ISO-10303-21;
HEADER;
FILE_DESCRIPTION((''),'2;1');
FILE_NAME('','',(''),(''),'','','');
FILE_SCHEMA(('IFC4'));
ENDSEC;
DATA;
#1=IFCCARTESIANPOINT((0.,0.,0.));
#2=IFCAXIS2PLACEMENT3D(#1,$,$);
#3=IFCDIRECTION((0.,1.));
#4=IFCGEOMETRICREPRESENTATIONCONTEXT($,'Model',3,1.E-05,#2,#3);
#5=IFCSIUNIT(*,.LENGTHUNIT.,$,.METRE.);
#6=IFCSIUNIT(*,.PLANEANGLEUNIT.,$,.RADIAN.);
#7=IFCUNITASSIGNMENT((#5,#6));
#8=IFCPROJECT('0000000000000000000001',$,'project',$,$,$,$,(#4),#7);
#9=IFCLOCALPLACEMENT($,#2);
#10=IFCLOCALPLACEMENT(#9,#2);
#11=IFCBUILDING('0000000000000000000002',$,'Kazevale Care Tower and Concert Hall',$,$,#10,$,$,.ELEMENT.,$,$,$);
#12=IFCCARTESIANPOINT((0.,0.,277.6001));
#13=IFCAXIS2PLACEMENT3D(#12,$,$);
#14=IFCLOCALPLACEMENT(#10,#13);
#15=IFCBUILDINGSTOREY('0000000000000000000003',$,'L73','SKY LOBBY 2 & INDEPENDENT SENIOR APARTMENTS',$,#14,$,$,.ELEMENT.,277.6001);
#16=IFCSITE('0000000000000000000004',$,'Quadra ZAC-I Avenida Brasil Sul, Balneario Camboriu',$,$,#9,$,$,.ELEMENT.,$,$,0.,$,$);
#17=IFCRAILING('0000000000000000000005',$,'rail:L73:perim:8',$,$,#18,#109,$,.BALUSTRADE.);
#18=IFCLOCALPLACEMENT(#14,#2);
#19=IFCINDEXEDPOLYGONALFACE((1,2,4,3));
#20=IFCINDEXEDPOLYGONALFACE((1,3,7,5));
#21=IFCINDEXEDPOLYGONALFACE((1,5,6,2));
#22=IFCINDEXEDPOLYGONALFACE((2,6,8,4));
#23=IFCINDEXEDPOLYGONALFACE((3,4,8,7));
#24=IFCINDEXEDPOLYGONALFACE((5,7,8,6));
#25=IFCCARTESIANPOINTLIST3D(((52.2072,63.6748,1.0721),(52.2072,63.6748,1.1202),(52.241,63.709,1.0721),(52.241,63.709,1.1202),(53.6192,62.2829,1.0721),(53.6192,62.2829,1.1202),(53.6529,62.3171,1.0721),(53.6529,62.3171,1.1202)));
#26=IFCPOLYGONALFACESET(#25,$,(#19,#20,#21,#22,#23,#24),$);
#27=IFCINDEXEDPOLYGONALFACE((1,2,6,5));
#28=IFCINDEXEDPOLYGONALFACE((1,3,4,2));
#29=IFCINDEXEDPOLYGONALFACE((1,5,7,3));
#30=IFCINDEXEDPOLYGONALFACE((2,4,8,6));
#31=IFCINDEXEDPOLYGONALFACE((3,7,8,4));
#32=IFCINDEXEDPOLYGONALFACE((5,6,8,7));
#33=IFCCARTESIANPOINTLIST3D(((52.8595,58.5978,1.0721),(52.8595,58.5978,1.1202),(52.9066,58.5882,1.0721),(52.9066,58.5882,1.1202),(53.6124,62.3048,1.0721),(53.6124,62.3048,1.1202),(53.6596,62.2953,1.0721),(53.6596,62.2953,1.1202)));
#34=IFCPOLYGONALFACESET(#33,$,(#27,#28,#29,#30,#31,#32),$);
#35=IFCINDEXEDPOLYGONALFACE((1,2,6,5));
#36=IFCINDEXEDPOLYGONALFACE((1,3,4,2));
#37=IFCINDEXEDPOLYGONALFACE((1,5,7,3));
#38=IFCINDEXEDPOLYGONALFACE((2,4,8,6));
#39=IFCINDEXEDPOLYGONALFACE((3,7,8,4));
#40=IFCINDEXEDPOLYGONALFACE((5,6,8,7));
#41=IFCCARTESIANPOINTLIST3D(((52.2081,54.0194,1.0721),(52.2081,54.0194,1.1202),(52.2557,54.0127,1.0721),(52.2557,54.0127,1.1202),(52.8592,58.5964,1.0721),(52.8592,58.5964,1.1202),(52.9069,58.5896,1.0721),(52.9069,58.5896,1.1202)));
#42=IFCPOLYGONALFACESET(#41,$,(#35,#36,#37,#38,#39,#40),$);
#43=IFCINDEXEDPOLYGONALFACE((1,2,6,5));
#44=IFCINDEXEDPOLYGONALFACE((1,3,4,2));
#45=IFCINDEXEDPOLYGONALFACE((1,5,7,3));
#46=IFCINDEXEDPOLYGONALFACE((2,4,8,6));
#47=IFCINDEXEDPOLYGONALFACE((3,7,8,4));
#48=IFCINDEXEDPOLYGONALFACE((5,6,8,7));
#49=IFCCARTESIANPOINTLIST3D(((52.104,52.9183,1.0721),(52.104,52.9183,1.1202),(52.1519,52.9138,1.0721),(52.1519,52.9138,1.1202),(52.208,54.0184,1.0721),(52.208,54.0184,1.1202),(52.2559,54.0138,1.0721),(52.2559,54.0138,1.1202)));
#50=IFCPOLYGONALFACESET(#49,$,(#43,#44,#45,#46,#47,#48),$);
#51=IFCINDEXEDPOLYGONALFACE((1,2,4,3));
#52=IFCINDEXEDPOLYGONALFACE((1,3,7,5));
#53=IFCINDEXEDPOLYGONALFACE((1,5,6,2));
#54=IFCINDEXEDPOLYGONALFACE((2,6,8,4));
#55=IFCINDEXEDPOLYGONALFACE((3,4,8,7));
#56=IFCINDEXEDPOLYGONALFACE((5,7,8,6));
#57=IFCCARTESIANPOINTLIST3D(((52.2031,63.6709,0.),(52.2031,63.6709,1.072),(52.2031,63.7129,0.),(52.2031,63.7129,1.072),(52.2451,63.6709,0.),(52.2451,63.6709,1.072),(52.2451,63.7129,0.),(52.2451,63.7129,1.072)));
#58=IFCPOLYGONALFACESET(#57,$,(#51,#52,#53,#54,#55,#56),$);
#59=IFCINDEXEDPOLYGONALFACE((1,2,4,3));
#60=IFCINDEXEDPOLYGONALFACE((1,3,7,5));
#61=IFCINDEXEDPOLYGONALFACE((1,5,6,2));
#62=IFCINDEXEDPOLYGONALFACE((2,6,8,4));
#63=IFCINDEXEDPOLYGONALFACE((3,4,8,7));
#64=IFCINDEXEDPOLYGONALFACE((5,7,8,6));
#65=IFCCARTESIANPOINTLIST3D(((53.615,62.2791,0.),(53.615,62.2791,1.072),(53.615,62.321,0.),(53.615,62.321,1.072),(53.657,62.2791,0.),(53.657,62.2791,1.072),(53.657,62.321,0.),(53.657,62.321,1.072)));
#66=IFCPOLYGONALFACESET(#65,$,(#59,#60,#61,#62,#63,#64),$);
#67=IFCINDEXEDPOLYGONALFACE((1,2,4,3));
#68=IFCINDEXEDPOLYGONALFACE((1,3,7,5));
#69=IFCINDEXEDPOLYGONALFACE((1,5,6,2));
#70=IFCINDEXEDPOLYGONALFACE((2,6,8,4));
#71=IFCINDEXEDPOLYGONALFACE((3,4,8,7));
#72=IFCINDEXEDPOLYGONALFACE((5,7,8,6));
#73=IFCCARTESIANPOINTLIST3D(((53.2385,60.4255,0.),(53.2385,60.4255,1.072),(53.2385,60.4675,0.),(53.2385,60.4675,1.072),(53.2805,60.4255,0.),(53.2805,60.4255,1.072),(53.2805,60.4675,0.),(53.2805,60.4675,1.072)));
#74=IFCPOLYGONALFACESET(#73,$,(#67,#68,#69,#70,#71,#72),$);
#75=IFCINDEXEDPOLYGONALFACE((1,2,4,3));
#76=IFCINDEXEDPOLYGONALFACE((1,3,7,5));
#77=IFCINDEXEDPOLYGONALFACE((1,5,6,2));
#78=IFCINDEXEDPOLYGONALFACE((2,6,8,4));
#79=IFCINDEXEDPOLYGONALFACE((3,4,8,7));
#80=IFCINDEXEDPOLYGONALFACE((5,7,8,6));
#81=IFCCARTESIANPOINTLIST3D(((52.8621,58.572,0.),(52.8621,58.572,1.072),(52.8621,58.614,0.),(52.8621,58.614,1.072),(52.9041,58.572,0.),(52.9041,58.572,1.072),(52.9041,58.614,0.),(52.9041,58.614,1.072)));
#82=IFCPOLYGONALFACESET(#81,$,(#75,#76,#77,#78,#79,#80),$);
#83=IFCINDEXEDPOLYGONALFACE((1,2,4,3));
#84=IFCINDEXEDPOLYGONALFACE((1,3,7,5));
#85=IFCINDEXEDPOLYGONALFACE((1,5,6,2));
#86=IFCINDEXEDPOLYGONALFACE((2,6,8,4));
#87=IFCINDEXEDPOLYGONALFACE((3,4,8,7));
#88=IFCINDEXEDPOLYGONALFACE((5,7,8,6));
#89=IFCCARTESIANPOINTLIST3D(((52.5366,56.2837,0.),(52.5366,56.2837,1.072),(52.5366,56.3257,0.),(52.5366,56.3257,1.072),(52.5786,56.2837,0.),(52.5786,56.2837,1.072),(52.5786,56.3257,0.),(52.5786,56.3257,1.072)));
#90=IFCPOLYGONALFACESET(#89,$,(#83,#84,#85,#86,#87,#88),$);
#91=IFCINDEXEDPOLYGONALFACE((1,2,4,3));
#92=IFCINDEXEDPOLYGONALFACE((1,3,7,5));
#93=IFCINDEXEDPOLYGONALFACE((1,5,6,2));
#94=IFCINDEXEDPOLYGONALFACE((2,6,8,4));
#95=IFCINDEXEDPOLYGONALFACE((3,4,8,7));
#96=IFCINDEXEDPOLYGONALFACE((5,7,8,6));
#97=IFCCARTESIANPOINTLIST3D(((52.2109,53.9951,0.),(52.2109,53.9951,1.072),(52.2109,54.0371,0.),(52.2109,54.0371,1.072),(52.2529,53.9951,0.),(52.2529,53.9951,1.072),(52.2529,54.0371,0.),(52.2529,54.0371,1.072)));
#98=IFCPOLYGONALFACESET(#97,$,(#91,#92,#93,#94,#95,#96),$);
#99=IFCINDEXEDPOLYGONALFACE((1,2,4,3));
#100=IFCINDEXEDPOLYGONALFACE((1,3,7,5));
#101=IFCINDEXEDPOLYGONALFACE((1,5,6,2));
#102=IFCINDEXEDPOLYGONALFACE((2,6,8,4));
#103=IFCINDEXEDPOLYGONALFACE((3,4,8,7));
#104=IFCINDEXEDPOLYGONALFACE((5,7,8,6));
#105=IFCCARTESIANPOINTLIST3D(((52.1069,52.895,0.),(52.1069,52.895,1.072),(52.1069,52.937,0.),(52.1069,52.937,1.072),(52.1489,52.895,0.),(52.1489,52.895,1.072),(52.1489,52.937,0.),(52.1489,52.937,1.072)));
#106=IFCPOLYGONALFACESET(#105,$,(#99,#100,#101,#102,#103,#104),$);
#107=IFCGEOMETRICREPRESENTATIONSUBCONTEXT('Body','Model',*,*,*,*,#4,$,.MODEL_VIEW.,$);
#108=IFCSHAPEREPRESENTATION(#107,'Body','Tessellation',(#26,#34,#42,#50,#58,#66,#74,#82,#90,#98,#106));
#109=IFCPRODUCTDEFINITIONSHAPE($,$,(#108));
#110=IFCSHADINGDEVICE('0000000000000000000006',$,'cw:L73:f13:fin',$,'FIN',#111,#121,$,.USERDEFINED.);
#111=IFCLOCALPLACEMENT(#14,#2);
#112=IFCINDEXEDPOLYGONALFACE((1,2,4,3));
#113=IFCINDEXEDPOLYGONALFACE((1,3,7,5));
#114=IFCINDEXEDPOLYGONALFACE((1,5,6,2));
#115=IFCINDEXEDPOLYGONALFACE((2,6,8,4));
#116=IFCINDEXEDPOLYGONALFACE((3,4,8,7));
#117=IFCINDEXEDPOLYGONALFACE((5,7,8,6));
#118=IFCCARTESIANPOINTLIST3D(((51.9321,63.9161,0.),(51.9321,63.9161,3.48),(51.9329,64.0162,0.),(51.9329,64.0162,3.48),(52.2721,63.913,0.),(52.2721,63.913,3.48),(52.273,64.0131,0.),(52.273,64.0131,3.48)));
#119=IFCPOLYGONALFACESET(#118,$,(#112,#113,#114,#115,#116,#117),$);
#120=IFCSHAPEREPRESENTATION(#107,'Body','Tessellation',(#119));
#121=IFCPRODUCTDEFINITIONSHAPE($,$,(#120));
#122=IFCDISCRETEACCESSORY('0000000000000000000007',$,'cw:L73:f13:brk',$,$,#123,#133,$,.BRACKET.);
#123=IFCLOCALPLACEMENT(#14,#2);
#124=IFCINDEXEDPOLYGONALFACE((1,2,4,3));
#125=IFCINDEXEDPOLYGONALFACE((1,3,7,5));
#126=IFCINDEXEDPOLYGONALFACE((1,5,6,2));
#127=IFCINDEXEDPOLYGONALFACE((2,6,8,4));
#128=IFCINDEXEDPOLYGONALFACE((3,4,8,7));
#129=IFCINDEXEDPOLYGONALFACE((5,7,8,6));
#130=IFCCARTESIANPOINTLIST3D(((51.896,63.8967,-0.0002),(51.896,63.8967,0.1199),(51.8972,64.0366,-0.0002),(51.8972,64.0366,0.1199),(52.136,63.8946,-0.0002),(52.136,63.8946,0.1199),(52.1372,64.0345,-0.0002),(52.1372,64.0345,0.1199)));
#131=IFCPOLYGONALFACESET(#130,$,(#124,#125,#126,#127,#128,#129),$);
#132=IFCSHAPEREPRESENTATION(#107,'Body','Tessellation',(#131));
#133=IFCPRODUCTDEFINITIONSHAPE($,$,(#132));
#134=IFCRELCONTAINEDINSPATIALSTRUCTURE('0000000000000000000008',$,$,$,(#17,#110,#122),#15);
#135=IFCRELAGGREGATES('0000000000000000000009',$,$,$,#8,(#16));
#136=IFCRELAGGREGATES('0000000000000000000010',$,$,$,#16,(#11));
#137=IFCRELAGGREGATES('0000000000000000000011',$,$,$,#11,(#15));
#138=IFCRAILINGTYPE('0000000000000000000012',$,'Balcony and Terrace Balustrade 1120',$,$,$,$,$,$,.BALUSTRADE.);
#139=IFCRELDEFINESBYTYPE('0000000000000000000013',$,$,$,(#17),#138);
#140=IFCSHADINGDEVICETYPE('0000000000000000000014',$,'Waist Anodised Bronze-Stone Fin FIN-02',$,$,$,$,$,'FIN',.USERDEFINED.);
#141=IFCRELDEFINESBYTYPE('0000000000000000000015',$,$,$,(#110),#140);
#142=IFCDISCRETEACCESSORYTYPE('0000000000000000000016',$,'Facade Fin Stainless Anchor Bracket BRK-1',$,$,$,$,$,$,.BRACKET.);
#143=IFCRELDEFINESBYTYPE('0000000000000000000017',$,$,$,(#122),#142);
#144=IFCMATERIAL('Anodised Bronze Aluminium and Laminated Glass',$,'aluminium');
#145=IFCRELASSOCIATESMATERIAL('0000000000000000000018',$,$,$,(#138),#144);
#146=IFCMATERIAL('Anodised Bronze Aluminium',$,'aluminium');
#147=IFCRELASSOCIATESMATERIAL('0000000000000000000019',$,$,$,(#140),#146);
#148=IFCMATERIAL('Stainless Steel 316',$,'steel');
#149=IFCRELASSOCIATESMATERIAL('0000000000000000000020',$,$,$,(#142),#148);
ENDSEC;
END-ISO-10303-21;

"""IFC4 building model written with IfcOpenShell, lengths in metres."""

from ifc_helpers import new_model, si_unit, direction, frame, origin, origin_2d, place, context, subcontext, project, spatial, rectangle, extrude, material, type_object, element, save


model = new_model("IFC4")

# Units and contexts
model_context = context("Model", 3, precision=1e-05, world=origin(), true_north=direction((0.0, 1.0)))
body_context = subcontext(model_context, "Body", "Model", "MODEL_VIEW")
ifc_project = project(units=[si_unit("LENGTHUNIT", "METRE"), si_unit("PLANEANGLEUNIT", "RADIAN")], contexts=[model_context])

# Site, building, storey
site_placement = place(None, origin())
site = spatial("IfcSite", under=ifc_project, at=site_placement, Name="Quadra ZAC-I Avenida Brasil Sul, Balneario Camboriu", CompositionType="ELEMENT", RefElevation=0.0)
building_placement = place(site_placement, origin())
building = spatial("IfcBuilding", under=site, at=building_placement, Name="Kazevale Care Tower and Concert Hall", CompositionType="ELEMENT")
storey_placement = place(building_placement, frame((0.0, 0.0, 277.6001)))
storey = spatial("IfcBuildingStorey", under=building, at=storey_placement, Name="L73", Description="SKY LOBBY 2 & INDEPENDENT SENIOR APARTMENTS", CompositionType="ELEMENT", Elevation=277.6001)

# Railing
ifc_material_1 = material(Name="Anodised Bronze Aluminium and Laminated Glass", Category="aluminium")
railing_type = type_object("IfcRailingType", Name="Balcony and Terrace Balustrade 1120", PredefinedType="BALUSTRADE", material=ifc_material_1)
railing_placement = place(storey_placement, frame((52.2241, 63.6919, 0.0)))
element("IfcRailing", 1, at=railing_placement, inside=storey, type_object=railing_type, Name="rail:L73:perim:8", PredefinedType="BALUSTRADE", context=body_context, shape_type="SweptSolid", body=[
    extrude(rectangle(XDim=0.0481, YDim=0.0481, at=origin_2d()), frame((0.0, 0.0, 1.0962), z_axis=(0.712138, -0.70204, 0.0), x_axis=(0.70204, 0.712138, 0.0)), (0.0, 0.0, 1.0), 1.9827),
    extrude(rectangle(XDim=0.0481, YDim=0.0481, at=origin_2d()), frame((1.4119, -1.3918, 1.0962), z_axis=(-0.199044, -0.97999, 0.0), x_axis=(0.97999, -0.199044, 0.0)), (0.0, 0.0, 1.0), 3.7827),
    extrude(rectangle(XDim=0.0481, YDim=0.0481, at=origin_2d()), frame((0.6589, -5.0989, 1.0962), z_axis=(-0.140845, -0.990032, 0.0), x_axis=(0.990032, -0.140845, 0.0)), (0.0, 0.0, 1.0), 4.623),
    extrude(rectangle(XDim=0.0481, YDim=0.0481, at=origin_2d()), frame((0.0078, -9.6758, 1.0962), z_axis=(-0.094121, -0.995561, 0.0), x_axis=(0.995561, -0.094121, 0.0)), (0.0, 0.0, 1.0), 1.105),
    extrude(rectangle(XDim=0.042, YDim=0.042, at=origin_2d()), origin(), (0.0, 0.0, 1.0), 1.072),
    extrude(rectangle(XDim=0.042, YDim=0.042, at=origin_2d()), frame((1.4119, -1.3918, 0.0)), (0.0, 0.0, 1.0), 1.072),
    extrude(rectangle(XDim=0.042, YDim=0.042, at=origin_2d()), frame((1.0354, -3.2454, 0.0)), (0.0, 0.0, 1.0), 1.072),
    extrude(rectangle(XDim=0.042, YDim=0.042, at=origin_2d()), frame((0.6589, -5.0989, 0.0)), (0.0, 0.0, 1.0), 1.072),
    extrude(rectangle(XDim=0.042, YDim=0.042, at=origin_2d()), frame((0.3335, -7.3872, 0.0)), (0.0, 0.0, 1.0), 1.072),
    extrude(rectangle(XDim=0.042, YDim=0.042, at=origin_2d()), frame((0.0078, -9.6758, 0.0)), (0.0, 0.0, 1.0), 1.072),
    extrude(rectangle(XDim=0.042, YDim=0.042, at=origin_2d()), frame((-0.0962, -10.7759, 0.0)), (0.0, 0.0, 1.0), 1.072),
])

# Shading device
ifc_material_2 = material(Name="Anodised Bronze Aluminium", Category="aluminium")
shading_device_type = type_object("IfcShadingDeviceType", Name="Waist Anodised Bronze-Stone Fin FIN-02", ElementType="FIN", PredefinedType="USERDEFINED", material=ifc_material_2)
shading_device_placement = place(storey_placement, frame((52.1025, 63.9646, 0.0), z_axis=(0.0, 0.0, 1.0), x_axis=(0.99996, -0.008901, 0.0)))
element("IfcShadingDevice", 2, at=shading_device_placement, inside=storey, type_object=shading_device_type, Name="cw:L73:f13:fin", ObjectType="FIN", PredefinedType="USERDEFINED", context=body_context, shape_type="SweptSolid", body=[
    extrude(rectangle(XDim=0.3401, YDim=0.1001, at=origin_2d()), origin(), (0.0, 0.0, 1.0), 3.48),
])

# Discrete accessory
ifc_material_3 = material(Name="Stainless Steel 316", Category="steel")
discrete_accessory_type = type_object("IfcDiscreteAccessoryType", Name="Facade Fin Stainless Anchor Bracket BRK-1", PredefinedType="BRACKET", material=ifc_material_3)
discrete_accessory_placement = place(storey_placement, frame((52.0166, 63.9656, -0.0002), z_axis=(0.0, 0.0, 1.0), x_axis=(0.99996, -0.008901, 0.0)))
element("IfcDiscreteAccessory", 3, at=discrete_accessory_placement, inside=storey, type_object=discrete_accessory_type, Name="cw:L73:f13:brk", PredefinedType="BRACKET", context=body_context, shape_type="SweptSolid", body=[
    extrude(rectangle(XDim=0.24, YDim=0.1399, at=origin_2d()), origin(), (0.0, 0.0, 1.0), 0.1201),
])

save(model, "model.ifc")
